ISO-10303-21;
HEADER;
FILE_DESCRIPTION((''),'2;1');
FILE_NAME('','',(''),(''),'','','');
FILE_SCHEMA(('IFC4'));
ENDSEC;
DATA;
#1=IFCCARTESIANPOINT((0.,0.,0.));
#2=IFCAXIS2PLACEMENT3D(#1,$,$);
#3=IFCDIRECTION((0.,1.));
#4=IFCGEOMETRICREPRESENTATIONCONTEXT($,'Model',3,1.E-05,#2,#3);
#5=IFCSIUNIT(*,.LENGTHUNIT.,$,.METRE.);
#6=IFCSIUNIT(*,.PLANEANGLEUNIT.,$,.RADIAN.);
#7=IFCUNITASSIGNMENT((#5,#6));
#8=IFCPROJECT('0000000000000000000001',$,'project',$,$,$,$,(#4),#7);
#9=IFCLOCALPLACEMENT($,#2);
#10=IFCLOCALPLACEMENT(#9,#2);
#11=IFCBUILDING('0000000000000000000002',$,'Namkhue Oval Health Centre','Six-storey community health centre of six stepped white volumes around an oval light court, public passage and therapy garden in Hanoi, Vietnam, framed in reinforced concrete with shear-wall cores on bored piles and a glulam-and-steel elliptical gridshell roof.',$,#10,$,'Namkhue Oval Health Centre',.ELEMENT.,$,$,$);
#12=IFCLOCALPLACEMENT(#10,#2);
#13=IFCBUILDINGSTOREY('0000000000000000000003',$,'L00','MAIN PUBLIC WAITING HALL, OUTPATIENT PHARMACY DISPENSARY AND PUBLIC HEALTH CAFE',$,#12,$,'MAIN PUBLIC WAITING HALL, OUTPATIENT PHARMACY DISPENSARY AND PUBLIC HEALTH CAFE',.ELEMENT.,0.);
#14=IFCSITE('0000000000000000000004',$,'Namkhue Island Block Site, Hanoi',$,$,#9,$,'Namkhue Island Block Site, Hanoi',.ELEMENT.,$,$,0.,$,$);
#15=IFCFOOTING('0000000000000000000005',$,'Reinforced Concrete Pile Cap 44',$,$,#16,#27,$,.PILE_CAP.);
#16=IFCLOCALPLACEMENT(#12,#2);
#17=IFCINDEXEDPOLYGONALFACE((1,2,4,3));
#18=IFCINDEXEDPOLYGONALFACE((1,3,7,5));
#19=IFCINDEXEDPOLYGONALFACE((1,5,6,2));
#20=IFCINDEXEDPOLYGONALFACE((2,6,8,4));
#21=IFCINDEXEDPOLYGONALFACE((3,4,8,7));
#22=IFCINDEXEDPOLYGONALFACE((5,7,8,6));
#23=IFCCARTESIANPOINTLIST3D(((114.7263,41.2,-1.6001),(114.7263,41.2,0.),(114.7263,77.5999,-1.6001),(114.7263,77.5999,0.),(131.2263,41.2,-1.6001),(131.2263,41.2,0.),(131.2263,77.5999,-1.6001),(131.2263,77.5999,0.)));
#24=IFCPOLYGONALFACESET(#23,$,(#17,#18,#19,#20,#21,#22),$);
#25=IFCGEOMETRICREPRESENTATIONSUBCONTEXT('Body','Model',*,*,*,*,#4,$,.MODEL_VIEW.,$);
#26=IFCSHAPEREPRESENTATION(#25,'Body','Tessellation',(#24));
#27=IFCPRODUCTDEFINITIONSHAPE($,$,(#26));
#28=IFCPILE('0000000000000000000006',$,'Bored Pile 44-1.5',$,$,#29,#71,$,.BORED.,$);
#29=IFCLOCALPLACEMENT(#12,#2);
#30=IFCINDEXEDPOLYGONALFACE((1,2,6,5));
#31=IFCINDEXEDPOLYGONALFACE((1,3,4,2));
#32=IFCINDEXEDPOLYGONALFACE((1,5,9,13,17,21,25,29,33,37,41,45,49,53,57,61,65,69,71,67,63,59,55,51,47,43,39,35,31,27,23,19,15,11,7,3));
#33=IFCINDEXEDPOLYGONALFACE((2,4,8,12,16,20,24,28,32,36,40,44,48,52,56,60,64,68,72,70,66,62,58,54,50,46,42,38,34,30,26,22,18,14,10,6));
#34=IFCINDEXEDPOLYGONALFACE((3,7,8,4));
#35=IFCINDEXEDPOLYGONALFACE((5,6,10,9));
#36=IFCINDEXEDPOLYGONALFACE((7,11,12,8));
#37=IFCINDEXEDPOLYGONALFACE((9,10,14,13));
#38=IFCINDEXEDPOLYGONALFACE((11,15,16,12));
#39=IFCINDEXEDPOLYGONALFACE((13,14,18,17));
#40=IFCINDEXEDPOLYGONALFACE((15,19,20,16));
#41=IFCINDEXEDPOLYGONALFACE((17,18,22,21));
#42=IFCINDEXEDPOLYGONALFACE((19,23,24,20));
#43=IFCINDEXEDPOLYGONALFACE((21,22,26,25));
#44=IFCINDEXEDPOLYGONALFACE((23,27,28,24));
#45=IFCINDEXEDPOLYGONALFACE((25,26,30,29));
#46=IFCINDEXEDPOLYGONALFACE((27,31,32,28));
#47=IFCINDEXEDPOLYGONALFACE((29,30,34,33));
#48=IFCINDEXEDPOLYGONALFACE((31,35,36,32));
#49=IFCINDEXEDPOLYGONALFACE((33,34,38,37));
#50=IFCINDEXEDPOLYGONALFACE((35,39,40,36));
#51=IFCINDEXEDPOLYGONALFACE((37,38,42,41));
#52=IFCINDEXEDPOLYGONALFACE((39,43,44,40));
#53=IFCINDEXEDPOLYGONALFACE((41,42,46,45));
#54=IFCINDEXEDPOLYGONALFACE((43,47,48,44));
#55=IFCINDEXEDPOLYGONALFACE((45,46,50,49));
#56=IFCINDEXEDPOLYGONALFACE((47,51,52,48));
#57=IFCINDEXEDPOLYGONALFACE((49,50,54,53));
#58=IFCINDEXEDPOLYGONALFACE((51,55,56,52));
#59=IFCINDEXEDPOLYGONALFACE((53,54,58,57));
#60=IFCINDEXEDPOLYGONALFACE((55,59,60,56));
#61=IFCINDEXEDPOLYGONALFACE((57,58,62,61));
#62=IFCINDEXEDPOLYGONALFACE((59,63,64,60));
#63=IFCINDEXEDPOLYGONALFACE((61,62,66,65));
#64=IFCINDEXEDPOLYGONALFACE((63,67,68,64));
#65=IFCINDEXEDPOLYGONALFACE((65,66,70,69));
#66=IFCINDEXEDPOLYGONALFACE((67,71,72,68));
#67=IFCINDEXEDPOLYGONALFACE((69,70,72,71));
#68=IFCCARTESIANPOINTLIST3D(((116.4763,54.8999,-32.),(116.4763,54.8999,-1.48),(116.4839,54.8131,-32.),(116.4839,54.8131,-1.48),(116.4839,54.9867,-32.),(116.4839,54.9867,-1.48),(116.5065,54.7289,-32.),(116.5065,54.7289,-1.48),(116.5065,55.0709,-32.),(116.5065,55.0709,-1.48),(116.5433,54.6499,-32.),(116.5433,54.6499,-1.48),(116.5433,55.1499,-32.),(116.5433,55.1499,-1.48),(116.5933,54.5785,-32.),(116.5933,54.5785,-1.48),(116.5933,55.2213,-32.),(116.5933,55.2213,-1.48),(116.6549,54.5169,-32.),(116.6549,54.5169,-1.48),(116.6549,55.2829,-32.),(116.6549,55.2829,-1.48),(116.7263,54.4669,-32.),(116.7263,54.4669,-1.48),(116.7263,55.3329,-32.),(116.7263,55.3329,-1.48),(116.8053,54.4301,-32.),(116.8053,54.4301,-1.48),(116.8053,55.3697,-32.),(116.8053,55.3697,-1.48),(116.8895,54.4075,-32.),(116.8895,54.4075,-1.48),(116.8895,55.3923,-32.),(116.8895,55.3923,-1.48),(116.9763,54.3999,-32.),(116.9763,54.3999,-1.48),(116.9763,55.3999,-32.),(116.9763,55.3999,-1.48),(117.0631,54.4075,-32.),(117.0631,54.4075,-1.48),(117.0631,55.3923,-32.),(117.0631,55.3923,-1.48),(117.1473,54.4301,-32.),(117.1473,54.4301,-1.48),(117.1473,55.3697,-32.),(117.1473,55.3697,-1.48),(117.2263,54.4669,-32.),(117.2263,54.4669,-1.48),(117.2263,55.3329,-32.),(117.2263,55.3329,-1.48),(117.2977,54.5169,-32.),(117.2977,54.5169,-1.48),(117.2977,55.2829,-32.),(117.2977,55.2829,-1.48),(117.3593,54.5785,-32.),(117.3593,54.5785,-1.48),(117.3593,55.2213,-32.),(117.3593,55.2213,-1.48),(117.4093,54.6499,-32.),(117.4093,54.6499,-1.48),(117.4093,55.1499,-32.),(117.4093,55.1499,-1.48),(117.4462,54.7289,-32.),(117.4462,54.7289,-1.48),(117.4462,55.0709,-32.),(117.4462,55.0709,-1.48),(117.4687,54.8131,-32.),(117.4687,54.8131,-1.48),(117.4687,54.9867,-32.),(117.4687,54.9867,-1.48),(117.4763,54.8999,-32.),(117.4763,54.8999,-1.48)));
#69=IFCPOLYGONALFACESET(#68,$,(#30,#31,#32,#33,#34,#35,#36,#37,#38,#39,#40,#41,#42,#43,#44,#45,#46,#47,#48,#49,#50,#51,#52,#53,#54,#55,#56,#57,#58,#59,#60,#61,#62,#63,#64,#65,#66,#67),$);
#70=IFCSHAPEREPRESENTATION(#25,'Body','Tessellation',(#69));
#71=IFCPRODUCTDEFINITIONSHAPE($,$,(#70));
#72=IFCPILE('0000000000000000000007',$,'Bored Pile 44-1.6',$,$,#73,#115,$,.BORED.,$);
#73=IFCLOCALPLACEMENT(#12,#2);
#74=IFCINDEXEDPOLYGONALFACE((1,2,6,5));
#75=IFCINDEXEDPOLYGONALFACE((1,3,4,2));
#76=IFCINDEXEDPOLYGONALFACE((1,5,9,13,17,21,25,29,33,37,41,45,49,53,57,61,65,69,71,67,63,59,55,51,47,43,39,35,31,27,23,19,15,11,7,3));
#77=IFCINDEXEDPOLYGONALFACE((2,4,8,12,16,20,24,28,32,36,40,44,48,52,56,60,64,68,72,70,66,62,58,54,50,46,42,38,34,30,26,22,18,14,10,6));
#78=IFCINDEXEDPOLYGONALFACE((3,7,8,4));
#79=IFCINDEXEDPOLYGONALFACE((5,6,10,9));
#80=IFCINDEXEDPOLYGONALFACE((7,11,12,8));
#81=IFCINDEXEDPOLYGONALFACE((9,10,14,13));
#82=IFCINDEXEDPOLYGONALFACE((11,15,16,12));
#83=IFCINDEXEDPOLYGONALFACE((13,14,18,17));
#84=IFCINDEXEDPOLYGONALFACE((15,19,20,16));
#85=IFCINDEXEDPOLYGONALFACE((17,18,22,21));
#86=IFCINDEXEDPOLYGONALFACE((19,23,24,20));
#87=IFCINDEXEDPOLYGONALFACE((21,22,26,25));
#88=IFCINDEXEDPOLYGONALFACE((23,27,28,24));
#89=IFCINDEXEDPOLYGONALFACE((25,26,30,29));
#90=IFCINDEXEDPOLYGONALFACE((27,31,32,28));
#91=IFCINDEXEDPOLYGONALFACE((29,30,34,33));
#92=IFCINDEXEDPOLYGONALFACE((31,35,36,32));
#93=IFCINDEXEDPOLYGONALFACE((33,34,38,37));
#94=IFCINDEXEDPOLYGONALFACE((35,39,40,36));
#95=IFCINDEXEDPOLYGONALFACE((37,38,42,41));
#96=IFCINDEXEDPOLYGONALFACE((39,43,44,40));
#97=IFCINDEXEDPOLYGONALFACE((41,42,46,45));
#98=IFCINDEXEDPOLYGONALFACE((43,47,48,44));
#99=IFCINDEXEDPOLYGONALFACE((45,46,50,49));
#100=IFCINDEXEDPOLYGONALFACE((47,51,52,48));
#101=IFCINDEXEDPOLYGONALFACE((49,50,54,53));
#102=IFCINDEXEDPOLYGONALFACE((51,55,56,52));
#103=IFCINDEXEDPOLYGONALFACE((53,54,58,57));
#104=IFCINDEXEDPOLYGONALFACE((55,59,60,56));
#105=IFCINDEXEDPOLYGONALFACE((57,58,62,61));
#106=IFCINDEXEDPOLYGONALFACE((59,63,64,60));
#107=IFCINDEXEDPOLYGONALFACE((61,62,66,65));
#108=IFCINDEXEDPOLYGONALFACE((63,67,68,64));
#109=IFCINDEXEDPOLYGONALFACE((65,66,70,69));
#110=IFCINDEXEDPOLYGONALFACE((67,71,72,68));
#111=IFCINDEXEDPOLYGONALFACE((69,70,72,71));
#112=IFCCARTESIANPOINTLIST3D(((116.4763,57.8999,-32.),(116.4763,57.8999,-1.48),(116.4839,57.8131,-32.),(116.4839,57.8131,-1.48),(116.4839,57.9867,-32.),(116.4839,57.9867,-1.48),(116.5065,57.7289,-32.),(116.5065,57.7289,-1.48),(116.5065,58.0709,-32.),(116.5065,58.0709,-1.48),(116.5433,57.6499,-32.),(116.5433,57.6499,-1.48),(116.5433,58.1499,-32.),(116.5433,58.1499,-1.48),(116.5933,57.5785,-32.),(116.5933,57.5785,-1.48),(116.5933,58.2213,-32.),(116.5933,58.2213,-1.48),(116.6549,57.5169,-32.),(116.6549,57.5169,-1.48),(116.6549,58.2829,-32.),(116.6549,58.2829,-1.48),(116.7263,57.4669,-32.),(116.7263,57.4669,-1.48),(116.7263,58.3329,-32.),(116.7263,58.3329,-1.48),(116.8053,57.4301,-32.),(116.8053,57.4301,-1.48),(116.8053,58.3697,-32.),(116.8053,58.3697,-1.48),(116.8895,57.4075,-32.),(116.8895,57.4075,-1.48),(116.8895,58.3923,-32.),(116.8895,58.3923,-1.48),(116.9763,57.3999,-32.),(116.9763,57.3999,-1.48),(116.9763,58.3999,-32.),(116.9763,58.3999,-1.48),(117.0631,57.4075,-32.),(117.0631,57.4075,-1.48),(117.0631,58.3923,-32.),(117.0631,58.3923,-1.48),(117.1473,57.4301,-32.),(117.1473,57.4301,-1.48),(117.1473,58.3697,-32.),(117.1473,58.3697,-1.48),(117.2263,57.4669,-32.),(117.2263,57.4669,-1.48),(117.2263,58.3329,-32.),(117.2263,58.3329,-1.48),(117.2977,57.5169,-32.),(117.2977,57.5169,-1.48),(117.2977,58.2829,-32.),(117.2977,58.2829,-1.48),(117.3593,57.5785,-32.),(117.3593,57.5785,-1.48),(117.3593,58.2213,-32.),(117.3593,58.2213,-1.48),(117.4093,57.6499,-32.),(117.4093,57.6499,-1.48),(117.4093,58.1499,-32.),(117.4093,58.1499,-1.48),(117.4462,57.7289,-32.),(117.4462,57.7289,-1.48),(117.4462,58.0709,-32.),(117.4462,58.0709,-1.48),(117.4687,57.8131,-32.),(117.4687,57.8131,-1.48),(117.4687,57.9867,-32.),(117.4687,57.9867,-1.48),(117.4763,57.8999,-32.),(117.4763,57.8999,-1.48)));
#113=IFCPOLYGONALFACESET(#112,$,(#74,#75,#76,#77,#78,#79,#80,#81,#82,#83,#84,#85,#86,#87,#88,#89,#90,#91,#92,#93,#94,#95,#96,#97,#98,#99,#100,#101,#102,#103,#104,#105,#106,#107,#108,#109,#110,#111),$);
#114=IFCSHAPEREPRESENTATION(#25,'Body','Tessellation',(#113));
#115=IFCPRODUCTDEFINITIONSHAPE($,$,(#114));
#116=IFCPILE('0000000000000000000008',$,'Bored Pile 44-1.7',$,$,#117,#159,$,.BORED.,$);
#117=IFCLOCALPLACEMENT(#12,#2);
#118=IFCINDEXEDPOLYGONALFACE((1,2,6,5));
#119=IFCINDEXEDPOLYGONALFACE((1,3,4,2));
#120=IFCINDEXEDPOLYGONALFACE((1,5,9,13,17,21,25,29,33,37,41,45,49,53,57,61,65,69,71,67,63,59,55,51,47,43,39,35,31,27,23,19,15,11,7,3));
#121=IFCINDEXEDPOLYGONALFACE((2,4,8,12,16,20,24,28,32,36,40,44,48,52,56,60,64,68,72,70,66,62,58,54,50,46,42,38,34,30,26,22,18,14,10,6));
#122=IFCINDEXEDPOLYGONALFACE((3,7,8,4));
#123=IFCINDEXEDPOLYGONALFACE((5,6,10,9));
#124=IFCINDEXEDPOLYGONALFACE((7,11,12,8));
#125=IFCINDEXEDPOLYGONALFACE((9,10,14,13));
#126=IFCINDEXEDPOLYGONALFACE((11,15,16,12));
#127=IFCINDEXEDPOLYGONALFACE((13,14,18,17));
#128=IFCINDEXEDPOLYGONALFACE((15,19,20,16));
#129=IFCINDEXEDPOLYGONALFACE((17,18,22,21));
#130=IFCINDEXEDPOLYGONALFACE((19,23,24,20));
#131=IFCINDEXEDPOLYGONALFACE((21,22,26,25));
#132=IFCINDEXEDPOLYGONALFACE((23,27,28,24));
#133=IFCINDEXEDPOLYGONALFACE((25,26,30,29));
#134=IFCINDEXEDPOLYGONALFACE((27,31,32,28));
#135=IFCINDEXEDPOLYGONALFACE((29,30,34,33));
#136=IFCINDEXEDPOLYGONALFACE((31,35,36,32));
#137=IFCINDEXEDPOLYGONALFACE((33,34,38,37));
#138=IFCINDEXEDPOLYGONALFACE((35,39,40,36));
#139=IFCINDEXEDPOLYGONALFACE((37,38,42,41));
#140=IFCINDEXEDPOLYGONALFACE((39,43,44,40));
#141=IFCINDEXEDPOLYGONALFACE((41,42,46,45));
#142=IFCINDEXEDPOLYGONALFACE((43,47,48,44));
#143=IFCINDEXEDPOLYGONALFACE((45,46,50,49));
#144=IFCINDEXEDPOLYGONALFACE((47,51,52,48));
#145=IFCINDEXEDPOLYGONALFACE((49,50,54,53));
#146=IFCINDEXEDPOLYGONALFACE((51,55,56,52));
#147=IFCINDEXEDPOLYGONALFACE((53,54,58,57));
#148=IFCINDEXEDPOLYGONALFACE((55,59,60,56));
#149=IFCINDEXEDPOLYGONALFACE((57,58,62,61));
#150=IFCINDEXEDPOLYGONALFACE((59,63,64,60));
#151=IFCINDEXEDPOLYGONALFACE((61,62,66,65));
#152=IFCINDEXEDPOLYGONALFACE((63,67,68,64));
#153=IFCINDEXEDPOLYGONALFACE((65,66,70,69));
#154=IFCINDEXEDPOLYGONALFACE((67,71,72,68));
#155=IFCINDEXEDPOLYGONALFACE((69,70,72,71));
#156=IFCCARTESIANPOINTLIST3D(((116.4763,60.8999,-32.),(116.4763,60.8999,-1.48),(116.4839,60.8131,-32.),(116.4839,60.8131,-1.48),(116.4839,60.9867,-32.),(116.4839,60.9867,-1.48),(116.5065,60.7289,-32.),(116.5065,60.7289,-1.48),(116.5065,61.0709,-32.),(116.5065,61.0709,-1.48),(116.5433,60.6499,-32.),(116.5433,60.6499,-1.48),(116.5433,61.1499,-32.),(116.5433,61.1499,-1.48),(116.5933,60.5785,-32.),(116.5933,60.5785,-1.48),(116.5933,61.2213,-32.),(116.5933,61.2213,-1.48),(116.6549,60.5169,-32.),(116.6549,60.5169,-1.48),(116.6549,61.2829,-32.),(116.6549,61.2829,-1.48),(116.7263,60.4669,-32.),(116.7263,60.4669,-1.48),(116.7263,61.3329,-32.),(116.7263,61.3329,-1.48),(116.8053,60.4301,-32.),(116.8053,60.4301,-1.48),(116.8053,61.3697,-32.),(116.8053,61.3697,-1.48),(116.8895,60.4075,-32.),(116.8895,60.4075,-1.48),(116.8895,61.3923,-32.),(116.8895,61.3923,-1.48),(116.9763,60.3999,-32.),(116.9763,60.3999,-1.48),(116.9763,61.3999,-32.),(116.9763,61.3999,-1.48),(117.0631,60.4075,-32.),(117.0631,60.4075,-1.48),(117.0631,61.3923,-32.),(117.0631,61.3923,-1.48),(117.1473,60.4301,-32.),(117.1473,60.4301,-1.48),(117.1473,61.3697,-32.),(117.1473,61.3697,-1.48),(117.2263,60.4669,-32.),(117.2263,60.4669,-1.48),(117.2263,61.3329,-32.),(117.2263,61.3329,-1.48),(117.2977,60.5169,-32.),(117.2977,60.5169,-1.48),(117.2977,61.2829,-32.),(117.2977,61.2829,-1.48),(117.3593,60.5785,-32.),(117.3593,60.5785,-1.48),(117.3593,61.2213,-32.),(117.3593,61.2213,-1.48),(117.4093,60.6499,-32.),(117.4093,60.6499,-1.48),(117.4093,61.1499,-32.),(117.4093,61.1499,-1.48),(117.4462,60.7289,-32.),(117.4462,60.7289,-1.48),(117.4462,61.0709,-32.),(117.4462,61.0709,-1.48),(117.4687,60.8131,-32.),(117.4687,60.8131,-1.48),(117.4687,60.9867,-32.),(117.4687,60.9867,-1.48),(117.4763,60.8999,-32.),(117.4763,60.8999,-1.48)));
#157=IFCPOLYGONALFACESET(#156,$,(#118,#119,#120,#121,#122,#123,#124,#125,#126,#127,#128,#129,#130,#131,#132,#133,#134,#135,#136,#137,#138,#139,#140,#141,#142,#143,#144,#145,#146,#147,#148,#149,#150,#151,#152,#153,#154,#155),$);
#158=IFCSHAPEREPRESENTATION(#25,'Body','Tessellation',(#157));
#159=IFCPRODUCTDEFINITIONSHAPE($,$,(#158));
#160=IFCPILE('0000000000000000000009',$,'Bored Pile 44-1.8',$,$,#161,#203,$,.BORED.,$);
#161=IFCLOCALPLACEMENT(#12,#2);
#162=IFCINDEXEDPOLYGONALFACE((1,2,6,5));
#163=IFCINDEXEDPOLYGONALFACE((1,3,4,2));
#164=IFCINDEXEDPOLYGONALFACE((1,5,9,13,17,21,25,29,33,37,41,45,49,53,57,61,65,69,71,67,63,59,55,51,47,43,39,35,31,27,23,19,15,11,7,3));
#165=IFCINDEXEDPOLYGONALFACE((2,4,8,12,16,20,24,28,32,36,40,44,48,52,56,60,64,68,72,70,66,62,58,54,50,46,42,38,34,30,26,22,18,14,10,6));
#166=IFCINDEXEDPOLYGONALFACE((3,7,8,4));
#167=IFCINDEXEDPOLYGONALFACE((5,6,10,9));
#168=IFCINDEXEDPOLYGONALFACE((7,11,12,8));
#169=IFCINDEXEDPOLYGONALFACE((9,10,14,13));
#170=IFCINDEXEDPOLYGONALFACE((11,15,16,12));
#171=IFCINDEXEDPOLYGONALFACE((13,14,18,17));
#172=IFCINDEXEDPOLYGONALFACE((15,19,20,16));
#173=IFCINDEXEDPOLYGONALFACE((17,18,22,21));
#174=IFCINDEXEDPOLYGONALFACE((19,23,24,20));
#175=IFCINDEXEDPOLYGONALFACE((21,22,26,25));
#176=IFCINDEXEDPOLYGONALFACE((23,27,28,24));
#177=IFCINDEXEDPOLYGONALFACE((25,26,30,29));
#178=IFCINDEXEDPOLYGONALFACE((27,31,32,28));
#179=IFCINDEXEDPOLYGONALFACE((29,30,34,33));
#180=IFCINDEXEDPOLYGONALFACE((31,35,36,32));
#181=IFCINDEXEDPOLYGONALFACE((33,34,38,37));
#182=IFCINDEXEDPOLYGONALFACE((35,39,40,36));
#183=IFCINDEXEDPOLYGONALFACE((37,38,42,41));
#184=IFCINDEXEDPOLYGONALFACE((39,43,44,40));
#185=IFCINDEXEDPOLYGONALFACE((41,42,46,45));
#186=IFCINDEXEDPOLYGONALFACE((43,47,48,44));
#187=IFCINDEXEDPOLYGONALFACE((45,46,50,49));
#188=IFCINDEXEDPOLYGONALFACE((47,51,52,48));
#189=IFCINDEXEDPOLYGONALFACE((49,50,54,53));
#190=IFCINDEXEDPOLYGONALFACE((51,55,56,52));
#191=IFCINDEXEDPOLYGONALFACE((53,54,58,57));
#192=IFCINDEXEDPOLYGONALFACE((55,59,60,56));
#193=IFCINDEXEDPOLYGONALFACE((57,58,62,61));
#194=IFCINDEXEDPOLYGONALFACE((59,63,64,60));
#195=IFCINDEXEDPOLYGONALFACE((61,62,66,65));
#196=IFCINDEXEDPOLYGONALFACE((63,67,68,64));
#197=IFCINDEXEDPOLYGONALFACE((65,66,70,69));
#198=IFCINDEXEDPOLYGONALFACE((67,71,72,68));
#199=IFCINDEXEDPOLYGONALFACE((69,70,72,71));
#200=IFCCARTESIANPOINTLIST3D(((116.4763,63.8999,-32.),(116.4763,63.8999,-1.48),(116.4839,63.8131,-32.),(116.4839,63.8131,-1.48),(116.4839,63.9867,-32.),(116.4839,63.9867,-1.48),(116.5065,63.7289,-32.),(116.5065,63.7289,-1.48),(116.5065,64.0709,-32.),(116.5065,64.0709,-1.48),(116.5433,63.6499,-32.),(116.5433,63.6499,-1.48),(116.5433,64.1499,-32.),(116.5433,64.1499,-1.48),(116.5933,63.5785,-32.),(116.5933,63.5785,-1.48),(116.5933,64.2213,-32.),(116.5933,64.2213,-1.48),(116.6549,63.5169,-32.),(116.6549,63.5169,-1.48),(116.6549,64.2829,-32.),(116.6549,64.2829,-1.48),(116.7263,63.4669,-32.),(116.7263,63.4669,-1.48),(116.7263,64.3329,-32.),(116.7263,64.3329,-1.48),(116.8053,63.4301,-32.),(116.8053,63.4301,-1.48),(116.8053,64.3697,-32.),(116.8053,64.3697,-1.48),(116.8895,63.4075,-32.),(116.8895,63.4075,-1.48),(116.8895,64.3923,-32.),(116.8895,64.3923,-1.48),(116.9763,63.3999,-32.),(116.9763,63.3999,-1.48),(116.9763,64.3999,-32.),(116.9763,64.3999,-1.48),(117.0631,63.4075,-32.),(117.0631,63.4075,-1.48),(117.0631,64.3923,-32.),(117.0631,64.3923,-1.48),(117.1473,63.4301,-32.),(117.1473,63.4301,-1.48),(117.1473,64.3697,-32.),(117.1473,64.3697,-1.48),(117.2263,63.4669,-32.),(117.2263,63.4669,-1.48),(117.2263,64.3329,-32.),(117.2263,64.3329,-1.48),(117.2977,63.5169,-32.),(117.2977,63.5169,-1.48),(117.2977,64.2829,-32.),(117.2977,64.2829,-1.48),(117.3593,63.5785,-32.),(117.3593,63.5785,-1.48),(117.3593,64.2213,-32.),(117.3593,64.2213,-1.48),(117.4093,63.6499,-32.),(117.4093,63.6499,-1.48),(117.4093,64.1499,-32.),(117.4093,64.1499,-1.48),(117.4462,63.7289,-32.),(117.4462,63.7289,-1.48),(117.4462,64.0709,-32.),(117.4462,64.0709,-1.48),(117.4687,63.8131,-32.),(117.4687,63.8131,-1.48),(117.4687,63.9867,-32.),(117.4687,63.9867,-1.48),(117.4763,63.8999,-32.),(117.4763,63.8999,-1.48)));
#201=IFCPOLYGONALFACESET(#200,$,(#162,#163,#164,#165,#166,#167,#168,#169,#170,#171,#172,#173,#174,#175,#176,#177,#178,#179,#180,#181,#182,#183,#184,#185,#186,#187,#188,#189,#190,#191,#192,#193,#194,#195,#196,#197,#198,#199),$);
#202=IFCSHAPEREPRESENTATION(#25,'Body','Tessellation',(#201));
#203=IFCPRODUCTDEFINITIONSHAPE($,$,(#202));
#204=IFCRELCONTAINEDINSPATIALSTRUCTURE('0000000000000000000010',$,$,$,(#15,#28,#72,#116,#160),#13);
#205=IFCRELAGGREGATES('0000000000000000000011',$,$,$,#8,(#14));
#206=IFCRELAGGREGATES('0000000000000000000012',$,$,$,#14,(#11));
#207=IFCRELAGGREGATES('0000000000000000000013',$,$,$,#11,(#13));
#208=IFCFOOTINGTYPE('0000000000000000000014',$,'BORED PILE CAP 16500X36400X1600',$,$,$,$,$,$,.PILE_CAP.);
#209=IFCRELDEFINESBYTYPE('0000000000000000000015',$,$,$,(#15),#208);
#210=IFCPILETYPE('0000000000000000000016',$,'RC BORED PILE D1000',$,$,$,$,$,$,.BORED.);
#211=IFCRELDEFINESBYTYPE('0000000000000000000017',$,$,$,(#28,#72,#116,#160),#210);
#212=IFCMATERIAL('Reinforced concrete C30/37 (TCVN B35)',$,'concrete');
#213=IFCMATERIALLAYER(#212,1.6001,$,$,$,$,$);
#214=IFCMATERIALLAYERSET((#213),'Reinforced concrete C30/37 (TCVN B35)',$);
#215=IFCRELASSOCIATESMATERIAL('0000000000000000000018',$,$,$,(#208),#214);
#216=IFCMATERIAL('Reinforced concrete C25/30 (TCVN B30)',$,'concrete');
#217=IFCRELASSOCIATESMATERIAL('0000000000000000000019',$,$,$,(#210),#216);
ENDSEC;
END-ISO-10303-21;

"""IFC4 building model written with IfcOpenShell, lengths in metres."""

from ifc_helpers import new_model, si_unit, direction, frame, origin, origin_2d, place, context, subcontext, project, spatial, rectangle, circle, extrude, material, layer, layer_set, material_profile, profile_set, type_object, element, save


model = new_model("IFC4")

# Units and contexts
model_context = context("Model", 3, precision=1e-05, world=origin(), true_north=direction((0.0, 1.0)))
body_context = subcontext(model_context, "Body", "Model", "MODEL_VIEW")
ifc_project = project(units=[si_unit("LENGTHUNIT", "METRE"), si_unit("PLANEANGLEUNIT", "RADIAN")], contexts=[model_context])

# Site, building, storey
site_placement = place(None, origin())
site = spatial("IfcSite", under=ifc_project, at=site_placement, Name="Namkhue Island Block Site, Hanoi", LongName="Namkhue Island Block Site, Hanoi", CompositionType="ELEMENT", RefElevation=0.0)
building_placement = place(site_placement, origin())
building = spatial("IfcBuilding", under=site, at=building_placement, Name="Namkhue Oval Health Centre", Description="Six-storey community health centre of six stepped white volumes around an oval light court, public passage and therapy garden in Hanoi, Vietnam, framed in reinforced concrete with shear-wall cores on bored piles and a glulam-and-steel elliptical gridshell roof.", LongName="Namkhue Oval Health Centre", CompositionType="ELEMENT")
storey_placement = place(building_placement, origin())
storey = spatial("IfcBuildingStorey", under=building, at=storey_placement, Name="L00", Description="MAIN PUBLIC WAITING HALL, OUTPATIENT PHARMACY DISPENSARY AND PUBLIC HEALTH CAFE", LongName="MAIN PUBLIC WAITING HALL, OUTPATIENT PHARMACY DISPENSARY AND PUBLIC HEALTH CAFE", CompositionType="ELEMENT", Elevation=0.0)

# Footing
ifc_material_1 = material(Name="Reinforced concrete C30/37 (TCVN B35)", Category="concrete")
ifc_layer = layer(ifc_material_1, 1.6001)
ifc_layer_set = layer_set([ifc_layer], Name="Reinforced concrete C30/37 (TCVN B35)")
footing_type = type_object("IfcFootingType", Name="BORED PILE CAP 16500X36400X1600", PredefinedType="PILE_CAP", material=ifc_layer_set)
footing_placement = place(storey_placement, frame((122.9763, 59.3999, -1.6001), z_axis=(0.0, 0.0, 1.0), x_axis=(1.0, 0.0, 0.0)))
element("IfcFooting", 1, at=footing_placement, inside=storey, type_object=footing_type, Name="Reinforced Concrete Pile Cap 44", PredefinedType="PILE_CAP", context=body_context, shape_type="SweptSolid", body=[
    extrude(rectangle(XDim=16.5, YDim=36.3999, at=origin_2d()), origin(), (0.0, 0.0, 1.0), 1.6001),
])

# Piles
ifc_material_2 = material(Name="Reinforced concrete C25/30 (TCVN B30)", Category="concrete")
ifc_material_profile_1 = material_profile(ifc_material_2, circle(Radius=0.5, at=origin_2d()), Name="BORED PILE D1000")
ifc_profile_set_1 = profile_set([ifc_material_profile_1], Name="Reinforced concrete C25/30 (TCVN B30)")
pile_type = type_object("IfcPileType", Name="RC BORED PILE D1000", PredefinedType="BORED", material=ifc_profile_set_1)
for number, where, z_axis, x_axis, name in (
    (2, (116.9763, 54.8999, -1.48), (0.0, 0.0, -1.0), (1.0, 0.0, 0.0), "Bored Pile 44-1.5"),
    (3, (116.9763, 57.8999, -1.48), (0.0, 0.0, -1.0), (1.0, 0.0, 0.0), "Bored Pile 44-1.6"),
    (4, (116.9763, 60.8999, -1.48), (0.0, 0.0, -1.0), (1.0, 0.0, 0.0), "Bored Pile 44-1.7"),
    (5, (116.9763, 63.8999, -1.48), (0.0, 0.0, -1.0), (1.0, 0.0, 0.0), "Bored Pile 44-1.8"),
):
    element("IfcPile", number, at=place(storey_placement, frame(where, z_axis=z_axis, x_axis=x_axis)), inside=storey, type_object=pile_type, Name=name, PredefinedType="BORED", context=body_context, shape_type="SweptSolid", body=[
        extrude(circle(Radius=0.5, at=origin_2d()), origin(), (0.0, 0.0, 1.0), 30.52),
    ])

save(model, "model.ifc")
